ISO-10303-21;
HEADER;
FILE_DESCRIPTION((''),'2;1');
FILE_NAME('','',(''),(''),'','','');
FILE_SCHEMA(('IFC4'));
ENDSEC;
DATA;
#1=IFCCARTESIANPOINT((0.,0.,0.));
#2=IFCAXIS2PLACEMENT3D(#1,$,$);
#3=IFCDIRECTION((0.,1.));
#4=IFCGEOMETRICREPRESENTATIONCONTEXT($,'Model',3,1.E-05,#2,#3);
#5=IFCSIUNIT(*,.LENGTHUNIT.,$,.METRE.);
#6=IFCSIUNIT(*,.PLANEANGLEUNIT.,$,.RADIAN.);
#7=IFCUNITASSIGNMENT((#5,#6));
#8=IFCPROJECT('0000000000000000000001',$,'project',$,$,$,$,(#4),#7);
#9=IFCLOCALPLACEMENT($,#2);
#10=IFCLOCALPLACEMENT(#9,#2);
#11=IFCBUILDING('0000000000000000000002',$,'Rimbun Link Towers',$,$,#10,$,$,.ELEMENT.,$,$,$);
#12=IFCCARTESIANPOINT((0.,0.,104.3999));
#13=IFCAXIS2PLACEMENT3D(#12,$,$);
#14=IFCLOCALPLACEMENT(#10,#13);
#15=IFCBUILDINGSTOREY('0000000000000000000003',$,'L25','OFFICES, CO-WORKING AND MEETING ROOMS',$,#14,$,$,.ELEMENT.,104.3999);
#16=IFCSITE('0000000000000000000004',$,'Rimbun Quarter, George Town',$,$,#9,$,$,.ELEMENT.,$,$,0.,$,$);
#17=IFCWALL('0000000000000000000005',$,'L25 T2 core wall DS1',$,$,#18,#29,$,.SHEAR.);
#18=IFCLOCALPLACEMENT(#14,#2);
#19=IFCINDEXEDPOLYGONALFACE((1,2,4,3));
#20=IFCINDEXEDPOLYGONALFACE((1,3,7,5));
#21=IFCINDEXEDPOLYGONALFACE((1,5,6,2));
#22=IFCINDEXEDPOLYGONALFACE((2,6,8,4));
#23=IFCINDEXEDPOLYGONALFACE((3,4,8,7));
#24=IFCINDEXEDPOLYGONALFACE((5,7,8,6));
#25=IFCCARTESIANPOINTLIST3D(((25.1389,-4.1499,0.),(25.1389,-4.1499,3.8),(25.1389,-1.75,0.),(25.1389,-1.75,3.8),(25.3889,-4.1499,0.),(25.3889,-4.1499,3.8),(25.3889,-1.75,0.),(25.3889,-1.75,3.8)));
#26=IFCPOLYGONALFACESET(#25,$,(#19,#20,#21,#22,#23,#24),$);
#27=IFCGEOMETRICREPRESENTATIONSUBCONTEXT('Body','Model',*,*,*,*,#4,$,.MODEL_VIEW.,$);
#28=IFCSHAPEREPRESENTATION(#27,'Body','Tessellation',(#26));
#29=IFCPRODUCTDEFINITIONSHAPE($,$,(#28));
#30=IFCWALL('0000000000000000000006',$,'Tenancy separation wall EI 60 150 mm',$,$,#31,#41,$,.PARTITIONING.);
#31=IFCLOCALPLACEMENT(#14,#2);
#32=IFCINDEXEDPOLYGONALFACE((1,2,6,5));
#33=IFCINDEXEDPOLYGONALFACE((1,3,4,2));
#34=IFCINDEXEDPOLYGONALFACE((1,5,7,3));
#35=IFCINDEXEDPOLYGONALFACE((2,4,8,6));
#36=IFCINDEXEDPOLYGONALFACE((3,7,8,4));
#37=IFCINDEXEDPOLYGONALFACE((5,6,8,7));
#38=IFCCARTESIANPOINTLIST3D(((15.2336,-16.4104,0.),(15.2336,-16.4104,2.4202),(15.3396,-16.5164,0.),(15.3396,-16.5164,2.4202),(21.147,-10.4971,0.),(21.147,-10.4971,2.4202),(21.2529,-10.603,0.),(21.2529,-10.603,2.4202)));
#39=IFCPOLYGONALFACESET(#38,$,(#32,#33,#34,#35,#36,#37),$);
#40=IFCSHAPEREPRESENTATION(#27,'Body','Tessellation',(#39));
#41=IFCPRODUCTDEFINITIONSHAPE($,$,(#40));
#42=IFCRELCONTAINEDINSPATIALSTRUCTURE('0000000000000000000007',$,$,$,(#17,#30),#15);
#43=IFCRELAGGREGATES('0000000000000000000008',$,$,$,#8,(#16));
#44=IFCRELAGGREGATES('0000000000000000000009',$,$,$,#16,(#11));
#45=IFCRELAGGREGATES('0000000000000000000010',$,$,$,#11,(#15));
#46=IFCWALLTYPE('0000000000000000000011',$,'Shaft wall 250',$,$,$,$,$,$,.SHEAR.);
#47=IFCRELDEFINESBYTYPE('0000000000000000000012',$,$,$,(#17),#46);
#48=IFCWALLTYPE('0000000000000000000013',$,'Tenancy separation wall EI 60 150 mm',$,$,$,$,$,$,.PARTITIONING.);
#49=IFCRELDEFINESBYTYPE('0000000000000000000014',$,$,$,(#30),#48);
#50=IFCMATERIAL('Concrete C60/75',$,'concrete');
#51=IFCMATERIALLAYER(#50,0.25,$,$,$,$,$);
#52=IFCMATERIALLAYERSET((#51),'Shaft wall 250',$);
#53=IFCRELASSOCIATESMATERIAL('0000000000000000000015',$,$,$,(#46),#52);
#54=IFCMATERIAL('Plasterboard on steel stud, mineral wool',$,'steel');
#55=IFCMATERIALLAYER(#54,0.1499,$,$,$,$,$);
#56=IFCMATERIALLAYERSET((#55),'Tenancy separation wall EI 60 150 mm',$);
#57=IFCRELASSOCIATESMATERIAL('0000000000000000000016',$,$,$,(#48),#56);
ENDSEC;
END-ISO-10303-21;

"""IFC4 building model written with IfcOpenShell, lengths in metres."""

from ifc_helpers import new_model, si_unit, direction, frame, frame_2d, origin, place, context, subcontext, project, spatial, rectangle, extrude, material, layer, layer_set, type_object, element, save


model = new_model("IFC4")

# Units and contexts
model_context = context("Model", 3, precision=1e-05, world=origin(), true_north=direction((0.0, 1.0)))
body_context = subcontext(model_context, "Body", "Model", "MODEL_VIEW")
ifc_project = project(units=[si_unit("LENGTHUNIT", "METRE"), si_unit("PLANEANGLEUNIT", "RADIAN")], contexts=[model_context])

# Site, building, storey
site_placement = place(None, origin())
site = spatial("IfcSite", under=ifc_project, at=site_placement, Name="Rimbun Quarter, George Town", CompositionType="ELEMENT", RefElevation=0.0)
building_placement = place(site_placement, origin())
building = spatial("IfcBuilding", under=site, at=building_placement, Name="Rimbun Link Towers", CompositionType="ELEMENT")
storey_placement = place(building_placement, frame((0.0, 0.0, 104.3999)))
storey = spatial("IfcBuildingStorey", under=building, at=storey_placement, Name="L25", Description="OFFICES, CO-WORKING AND MEETING ROOMS", CompositionType="ELEMENT", Elevation=104.3999)

# Shared definitions
ifc_material_1 = material(Name="Concrete C60/75", Category="concrete")
ifc_layer_1 = layer(ifc_material_1, 0.25)
ifc_layer_set_1 = layer_set([ifc_layer_1], Name="Shaft wall 250")
wall_type_1 = type_object("IfcWallType", Name="Shaft wall 250", PredefinedType="SHEAR", material=ifc_layer_set_1)

# Walls
for number, where, z_axis, x_axis, name in (
    (1, (25.2639, -4.1499, 0.0), (0.0, 0.0, 1.0), (0.0, 1.0, 0.0), "L25 T2 core wall DS1"),
):
    element("IfcWall", number, at=place(storey_placement, frame(where, z_axis=z_axis, x_axis=x_axis)), inside=storey, type_object=wall_type_1, Name=name, PredefinedType="SHEAR", context=body_context, shape_type="SweptSolid", body=[
        extrude(rectangle(XDim=2.3999, YDim=0.25, at=frame_2d((1.2, 0.0))), origin(), (0.0, 0.0, 1.0), 3.8),
    ])
ifc_material_2 = material(Name="Plasterboard on steel stud, mineral wool", Category="steel")
ifc_layer_2 = layer(ifc_material_2, 0.1499)
ifc_layer_set_2 = layer_set([ifc_layer_2], Name="Tenancy separation wall EI 60 150 mm")
wall_type_2 = type_object("IfcWallType", Name="Tenancy separation wall EI 60 150 mm", PredefinedType="PARTITIONING", material=ifc_layer_set_2)
wall_1_placement = place(storey_placement, frame((21.2, -10.55, 0.0), z_axis=(0.0, 0.0, 1.0), x_axis=(-0.707107, -0.707107, 0.0)))
element("IfcWall", 2, at=wall_1_placement, inside=storey, type_object=wall_type_2, Name="Tenancy separation wall EI 60 150 mm", PredefinedType="PARTITIONING", context=body_context, shape_type="SweptSolid", body=[
    extrude(rectangle(XDim=8.3628, YDim=0.1499, at=frame_2d((4.1814, 0.0))), origin(), (0.0, 0.0, 1.0), 2.4202),
])

save(model, "model.ifc")
